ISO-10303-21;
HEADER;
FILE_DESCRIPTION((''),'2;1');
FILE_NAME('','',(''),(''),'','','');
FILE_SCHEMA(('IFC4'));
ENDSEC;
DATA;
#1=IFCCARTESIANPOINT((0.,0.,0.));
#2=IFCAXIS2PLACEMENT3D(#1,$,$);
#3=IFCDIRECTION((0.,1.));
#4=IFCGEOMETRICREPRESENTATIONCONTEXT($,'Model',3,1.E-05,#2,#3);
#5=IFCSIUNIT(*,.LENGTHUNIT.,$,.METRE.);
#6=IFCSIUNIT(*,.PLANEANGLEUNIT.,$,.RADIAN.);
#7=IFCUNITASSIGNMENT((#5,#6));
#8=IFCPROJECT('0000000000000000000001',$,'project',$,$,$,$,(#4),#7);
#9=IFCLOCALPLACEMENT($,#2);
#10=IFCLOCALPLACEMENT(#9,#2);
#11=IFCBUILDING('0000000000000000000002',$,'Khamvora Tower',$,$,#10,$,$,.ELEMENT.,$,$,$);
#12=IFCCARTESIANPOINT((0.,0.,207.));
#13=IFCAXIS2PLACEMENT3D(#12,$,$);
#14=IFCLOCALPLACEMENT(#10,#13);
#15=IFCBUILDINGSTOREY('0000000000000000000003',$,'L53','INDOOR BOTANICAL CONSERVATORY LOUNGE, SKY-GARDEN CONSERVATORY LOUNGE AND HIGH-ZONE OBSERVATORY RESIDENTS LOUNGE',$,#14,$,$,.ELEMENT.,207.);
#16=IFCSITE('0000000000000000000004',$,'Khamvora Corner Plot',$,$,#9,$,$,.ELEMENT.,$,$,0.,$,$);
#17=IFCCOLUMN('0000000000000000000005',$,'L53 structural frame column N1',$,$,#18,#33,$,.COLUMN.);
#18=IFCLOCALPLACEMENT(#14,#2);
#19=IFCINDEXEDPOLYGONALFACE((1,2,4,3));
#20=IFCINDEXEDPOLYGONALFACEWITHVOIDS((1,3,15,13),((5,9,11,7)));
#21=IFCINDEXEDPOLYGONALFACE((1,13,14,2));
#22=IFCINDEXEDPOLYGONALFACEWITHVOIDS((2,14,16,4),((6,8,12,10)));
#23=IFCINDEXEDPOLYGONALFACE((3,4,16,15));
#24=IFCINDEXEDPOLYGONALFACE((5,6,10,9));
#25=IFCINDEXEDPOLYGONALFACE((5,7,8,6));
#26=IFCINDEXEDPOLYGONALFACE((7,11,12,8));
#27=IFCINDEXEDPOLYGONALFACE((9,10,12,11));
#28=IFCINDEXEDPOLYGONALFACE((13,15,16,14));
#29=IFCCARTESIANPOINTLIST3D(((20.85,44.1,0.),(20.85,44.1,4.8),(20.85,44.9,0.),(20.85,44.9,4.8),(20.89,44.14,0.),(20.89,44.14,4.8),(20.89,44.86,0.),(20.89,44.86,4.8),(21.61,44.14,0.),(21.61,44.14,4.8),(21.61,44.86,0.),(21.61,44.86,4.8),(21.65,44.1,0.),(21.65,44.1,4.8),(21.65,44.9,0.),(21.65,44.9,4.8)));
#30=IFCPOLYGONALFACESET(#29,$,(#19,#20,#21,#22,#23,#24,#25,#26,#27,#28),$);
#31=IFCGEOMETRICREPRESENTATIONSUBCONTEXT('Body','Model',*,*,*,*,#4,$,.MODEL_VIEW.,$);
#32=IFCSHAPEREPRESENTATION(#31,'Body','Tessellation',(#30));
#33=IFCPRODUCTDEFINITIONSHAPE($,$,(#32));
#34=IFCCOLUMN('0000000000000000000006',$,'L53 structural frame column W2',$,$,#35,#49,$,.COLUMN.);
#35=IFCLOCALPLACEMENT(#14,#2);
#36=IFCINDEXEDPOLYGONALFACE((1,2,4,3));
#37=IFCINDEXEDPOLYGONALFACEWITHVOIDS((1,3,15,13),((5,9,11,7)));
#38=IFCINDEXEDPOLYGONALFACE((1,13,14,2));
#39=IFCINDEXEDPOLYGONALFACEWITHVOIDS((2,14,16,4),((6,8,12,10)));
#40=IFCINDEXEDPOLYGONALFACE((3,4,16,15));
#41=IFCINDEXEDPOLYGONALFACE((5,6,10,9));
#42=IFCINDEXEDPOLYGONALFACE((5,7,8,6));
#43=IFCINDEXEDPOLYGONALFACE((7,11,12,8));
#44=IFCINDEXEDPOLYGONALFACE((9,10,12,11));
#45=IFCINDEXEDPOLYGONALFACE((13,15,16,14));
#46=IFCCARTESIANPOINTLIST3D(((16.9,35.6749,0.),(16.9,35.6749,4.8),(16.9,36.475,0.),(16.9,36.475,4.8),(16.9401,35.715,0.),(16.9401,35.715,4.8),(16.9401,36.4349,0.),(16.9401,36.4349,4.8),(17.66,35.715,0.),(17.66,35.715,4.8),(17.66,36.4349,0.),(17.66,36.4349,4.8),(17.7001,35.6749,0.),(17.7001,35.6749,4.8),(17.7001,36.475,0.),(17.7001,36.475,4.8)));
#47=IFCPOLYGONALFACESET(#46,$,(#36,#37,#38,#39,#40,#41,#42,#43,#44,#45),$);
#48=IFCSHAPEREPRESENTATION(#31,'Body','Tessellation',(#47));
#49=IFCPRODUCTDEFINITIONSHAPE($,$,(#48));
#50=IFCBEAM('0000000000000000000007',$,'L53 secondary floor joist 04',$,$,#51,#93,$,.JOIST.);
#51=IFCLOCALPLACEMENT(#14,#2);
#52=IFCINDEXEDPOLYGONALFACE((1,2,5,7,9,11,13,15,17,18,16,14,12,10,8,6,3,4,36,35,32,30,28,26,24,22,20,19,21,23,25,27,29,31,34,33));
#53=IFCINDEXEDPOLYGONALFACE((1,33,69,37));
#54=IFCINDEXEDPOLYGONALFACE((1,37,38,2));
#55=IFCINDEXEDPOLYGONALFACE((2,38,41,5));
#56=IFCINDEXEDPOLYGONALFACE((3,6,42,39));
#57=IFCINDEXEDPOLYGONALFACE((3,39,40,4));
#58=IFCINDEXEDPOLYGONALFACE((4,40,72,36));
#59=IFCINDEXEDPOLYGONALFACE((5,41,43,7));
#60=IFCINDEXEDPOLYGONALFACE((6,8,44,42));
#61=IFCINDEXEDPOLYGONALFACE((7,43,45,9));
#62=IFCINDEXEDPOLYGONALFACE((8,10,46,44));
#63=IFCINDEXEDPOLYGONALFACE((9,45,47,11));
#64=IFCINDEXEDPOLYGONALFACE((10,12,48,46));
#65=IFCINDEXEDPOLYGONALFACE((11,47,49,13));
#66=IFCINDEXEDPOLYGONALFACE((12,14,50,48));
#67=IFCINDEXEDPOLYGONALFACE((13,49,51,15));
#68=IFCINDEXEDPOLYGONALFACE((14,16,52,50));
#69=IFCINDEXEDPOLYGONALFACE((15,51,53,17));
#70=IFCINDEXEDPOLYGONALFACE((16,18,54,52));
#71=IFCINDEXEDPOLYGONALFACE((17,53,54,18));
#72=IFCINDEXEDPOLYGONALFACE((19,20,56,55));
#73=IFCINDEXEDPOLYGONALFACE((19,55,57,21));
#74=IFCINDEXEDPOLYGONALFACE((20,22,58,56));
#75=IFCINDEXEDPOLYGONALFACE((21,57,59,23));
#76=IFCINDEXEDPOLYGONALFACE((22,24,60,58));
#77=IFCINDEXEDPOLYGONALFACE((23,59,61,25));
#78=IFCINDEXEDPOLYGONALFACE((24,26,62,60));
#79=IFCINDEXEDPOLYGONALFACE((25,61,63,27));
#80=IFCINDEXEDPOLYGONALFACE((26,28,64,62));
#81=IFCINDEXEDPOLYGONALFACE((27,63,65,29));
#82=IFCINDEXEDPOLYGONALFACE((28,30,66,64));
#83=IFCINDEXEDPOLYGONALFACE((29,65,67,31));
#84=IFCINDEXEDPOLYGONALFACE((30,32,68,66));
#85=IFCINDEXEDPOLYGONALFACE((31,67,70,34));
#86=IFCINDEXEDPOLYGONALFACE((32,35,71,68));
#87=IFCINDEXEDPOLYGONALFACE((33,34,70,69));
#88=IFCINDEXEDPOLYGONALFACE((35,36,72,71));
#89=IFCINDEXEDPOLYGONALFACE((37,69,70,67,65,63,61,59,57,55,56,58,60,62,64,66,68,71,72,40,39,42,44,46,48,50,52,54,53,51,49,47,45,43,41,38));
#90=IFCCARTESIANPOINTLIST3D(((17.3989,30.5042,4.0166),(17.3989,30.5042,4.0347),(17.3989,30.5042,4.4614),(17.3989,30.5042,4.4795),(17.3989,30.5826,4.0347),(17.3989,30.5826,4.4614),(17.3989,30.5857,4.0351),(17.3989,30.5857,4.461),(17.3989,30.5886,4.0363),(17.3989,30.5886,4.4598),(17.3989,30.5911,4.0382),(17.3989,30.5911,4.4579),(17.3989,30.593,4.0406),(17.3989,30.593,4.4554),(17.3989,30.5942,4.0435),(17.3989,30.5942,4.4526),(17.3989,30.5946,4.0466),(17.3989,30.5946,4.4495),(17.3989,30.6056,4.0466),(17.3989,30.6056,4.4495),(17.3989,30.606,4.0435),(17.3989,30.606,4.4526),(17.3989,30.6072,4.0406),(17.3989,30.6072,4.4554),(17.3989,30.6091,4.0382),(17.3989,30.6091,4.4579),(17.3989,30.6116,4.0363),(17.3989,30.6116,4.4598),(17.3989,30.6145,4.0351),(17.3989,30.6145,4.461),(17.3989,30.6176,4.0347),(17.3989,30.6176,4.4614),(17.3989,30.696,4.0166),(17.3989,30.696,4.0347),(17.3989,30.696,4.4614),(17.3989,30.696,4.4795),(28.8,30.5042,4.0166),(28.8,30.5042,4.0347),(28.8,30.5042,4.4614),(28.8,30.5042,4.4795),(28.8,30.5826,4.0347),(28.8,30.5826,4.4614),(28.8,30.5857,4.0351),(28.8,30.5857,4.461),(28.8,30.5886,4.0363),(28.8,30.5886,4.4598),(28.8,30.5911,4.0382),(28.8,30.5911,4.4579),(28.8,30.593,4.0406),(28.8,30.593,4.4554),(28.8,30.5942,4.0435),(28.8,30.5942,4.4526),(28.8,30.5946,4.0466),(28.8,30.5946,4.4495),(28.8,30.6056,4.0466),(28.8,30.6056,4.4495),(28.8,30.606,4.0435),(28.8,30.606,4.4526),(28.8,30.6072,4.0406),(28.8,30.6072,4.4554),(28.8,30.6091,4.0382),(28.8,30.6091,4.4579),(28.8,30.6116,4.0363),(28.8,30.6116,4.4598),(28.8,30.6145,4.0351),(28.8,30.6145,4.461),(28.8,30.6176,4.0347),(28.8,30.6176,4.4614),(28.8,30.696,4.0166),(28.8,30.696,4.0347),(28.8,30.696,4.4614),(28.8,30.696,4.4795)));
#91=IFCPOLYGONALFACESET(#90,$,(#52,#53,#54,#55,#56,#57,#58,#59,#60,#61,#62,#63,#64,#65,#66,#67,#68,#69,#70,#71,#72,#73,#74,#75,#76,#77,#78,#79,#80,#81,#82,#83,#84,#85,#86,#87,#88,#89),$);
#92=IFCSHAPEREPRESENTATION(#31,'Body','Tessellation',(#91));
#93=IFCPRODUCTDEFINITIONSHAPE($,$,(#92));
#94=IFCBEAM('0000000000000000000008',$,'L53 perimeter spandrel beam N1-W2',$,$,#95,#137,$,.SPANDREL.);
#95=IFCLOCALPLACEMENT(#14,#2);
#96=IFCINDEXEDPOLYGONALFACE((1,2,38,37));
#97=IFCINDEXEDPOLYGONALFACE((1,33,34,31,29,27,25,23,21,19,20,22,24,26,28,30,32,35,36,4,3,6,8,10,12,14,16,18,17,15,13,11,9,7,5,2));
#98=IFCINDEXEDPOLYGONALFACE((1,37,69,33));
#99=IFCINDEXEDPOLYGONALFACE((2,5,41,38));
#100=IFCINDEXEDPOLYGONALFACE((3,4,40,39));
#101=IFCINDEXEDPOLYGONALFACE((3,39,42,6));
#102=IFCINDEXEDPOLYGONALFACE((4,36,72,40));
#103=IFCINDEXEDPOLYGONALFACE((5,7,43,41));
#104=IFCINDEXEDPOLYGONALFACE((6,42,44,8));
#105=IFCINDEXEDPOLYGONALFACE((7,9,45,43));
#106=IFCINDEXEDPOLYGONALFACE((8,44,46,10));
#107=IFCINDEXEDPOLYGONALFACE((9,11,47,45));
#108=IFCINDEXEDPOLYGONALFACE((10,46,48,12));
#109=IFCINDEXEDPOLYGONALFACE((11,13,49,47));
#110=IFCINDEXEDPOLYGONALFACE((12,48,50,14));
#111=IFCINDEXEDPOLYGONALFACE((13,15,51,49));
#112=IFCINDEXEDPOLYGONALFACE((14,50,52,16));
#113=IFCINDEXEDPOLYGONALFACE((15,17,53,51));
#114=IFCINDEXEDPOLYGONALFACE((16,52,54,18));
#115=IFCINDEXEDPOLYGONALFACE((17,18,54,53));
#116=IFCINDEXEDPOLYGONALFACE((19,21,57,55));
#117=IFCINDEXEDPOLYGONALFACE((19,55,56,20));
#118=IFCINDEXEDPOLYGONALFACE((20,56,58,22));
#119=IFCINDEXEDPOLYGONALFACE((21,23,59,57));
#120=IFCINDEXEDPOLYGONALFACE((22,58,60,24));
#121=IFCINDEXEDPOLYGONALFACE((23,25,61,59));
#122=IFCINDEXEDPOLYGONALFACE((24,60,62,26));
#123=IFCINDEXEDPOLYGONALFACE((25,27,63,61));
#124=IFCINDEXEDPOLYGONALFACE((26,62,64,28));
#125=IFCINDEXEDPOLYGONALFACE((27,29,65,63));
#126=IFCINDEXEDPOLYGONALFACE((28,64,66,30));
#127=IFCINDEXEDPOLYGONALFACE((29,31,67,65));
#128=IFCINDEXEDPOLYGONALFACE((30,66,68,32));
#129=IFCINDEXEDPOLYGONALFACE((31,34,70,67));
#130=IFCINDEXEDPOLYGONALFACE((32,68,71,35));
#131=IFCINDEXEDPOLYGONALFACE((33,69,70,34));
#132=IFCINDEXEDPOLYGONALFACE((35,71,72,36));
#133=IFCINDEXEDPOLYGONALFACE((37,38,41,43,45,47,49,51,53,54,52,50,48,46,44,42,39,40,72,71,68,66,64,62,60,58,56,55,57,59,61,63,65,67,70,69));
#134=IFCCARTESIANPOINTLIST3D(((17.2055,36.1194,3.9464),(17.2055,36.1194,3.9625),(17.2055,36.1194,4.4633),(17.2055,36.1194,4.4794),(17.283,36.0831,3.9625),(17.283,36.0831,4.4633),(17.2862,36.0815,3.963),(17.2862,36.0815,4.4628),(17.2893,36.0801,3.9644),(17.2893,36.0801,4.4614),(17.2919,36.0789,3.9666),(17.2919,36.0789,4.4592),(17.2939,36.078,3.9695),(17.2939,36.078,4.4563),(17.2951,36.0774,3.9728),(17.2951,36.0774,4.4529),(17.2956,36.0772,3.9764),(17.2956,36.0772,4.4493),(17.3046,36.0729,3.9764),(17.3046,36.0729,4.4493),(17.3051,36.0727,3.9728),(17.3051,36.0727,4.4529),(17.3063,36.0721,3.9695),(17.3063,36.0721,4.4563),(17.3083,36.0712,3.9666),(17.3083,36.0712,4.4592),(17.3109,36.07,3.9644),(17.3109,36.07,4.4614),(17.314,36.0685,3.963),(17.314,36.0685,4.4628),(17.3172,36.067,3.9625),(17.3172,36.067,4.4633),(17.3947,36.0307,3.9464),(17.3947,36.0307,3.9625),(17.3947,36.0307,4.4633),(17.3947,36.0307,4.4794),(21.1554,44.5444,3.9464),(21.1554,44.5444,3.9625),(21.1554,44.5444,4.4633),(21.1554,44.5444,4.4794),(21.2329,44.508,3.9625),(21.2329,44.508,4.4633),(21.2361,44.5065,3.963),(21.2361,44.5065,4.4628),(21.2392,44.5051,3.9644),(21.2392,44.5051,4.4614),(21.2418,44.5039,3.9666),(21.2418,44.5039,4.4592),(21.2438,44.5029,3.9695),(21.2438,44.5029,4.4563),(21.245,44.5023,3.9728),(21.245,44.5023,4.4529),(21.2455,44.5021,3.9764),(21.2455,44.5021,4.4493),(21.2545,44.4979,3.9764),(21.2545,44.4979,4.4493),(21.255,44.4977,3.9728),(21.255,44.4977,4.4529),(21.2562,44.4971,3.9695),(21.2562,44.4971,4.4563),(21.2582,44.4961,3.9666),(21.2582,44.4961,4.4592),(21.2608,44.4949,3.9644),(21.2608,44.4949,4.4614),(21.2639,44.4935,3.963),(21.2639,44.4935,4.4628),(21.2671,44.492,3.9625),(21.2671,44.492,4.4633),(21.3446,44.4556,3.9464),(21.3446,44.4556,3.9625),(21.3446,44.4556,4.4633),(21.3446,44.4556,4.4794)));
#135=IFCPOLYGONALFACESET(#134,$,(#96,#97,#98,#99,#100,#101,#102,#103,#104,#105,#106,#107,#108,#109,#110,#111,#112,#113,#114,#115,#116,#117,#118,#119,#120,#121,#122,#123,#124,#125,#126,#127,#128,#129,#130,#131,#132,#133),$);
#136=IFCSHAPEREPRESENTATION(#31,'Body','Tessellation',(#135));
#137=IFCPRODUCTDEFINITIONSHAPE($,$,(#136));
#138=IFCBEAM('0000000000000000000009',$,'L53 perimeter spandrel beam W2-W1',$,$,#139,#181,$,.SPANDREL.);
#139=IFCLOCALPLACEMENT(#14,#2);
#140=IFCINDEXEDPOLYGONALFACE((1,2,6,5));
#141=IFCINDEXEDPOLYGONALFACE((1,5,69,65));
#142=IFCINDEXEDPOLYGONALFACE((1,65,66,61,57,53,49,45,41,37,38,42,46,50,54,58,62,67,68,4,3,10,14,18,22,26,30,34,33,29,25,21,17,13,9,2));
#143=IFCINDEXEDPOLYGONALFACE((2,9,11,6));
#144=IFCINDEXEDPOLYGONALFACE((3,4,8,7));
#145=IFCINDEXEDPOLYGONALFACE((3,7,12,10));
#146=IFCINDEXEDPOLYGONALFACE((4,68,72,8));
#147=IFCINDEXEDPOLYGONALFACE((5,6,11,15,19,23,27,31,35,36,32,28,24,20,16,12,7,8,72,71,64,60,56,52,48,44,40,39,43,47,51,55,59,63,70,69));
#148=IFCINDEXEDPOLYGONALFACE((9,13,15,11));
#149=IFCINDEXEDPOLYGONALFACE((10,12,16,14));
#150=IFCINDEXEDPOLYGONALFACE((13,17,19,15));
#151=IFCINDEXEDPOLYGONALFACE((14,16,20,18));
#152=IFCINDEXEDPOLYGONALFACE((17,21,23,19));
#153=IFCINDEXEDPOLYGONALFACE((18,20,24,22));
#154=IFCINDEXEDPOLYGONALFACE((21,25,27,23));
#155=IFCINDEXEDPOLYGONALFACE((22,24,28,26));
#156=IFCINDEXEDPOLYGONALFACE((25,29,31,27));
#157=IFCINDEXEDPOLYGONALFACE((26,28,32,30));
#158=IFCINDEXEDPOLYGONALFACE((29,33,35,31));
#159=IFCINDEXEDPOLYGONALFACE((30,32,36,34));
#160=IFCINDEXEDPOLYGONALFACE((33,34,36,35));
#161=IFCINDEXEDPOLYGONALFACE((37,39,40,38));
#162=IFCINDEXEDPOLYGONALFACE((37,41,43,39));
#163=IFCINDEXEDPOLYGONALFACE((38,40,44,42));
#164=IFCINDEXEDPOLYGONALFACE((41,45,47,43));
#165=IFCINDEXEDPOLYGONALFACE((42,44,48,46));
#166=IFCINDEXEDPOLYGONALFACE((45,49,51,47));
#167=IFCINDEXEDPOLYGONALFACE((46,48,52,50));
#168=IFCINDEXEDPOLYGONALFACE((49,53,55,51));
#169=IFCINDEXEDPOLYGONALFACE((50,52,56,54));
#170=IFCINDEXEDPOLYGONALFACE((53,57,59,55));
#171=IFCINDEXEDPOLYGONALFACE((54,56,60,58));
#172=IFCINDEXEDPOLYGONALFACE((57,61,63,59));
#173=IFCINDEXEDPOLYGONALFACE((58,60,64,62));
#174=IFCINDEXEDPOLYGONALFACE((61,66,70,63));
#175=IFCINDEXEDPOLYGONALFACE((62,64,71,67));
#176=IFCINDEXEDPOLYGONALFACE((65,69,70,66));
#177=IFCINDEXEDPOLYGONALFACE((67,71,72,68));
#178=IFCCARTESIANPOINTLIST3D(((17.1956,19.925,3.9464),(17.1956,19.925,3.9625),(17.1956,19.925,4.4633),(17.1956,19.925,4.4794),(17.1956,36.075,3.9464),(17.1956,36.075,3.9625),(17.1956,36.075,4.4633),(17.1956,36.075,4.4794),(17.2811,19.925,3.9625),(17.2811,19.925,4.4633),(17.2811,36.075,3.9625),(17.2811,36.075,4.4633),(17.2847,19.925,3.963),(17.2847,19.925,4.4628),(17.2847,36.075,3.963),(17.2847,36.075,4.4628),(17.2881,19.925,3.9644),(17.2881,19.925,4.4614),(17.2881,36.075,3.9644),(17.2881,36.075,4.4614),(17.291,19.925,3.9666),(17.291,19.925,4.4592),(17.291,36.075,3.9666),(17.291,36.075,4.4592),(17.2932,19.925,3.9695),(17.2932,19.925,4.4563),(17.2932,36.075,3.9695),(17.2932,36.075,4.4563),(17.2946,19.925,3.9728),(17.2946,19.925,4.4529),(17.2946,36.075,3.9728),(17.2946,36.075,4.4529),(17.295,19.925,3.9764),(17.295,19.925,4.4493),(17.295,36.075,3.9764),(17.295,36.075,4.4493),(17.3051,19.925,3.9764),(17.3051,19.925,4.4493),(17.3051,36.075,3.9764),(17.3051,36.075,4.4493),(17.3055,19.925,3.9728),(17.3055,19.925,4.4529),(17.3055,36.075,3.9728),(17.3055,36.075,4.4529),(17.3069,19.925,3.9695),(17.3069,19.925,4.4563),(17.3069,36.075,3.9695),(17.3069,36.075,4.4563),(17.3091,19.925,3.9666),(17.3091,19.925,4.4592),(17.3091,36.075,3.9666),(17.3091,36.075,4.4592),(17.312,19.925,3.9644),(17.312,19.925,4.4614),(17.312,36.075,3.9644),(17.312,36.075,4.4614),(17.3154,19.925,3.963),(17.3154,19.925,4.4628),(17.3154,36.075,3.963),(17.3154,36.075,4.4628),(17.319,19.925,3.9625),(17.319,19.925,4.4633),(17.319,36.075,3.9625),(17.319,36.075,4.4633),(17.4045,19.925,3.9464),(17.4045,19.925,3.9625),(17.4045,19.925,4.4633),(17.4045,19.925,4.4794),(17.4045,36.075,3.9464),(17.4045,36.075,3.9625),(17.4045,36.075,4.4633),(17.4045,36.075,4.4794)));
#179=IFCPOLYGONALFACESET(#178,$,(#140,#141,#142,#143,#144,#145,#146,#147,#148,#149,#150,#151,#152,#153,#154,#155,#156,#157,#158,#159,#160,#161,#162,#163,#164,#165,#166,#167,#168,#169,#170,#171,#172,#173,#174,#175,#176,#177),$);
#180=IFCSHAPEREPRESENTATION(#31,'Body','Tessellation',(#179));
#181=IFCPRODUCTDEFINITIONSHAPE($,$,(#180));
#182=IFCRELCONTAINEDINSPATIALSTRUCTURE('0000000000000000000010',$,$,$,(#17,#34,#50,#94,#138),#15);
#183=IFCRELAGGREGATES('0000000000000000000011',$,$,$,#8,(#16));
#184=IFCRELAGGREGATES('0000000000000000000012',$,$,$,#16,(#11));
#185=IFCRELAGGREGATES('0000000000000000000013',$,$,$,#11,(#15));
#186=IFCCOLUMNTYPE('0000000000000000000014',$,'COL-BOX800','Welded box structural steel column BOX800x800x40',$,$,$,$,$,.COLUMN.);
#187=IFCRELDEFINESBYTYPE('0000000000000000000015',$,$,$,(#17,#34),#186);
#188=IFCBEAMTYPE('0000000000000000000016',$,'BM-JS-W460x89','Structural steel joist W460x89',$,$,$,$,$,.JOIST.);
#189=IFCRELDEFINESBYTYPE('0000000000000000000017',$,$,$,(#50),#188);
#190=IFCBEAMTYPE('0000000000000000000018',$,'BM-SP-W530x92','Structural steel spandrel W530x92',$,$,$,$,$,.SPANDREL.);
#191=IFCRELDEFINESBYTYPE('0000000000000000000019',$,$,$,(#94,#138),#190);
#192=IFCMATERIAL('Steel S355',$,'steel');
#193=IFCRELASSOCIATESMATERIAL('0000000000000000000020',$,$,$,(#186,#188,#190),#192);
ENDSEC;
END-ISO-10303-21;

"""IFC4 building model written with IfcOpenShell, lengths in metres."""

from ifc_helpers import new_model, si_unit, direction, frame, origin, origin_2d, place, context, subcontext, project, spatial, hollow_rectangle, i_section, extrude, material, material_profile, profile_set, type_object, element, save


model = new_model("IFC4")

# Units and contexts
model_context = context("Model", 3, precision=1e-05, world=origin(), true_north=direction((0.0, 1.0)))
body_context = subcontext(model_context, "Body", "Model", "MODEL_VIEW")
ifc_project = project(units=[si_unit("LENGTHUNIT", "METRE"), si_unit("PLANEANGLEUNIT", "RADIAN")], contexts=[model_context])

# Site, building, storey
site_placement = place(None, origin())
site = spatial("IfcSite", under=ifc_project, at=site_placement, Name="Khamvora Corner Plot", CompositionType="ELEMENT", RefElevation=0.0)
building_placement = place(site_placement, origin())
building = spatial("IfcBuilding", under=site, at=building_placement, Name="Khamvora Tower", CompositionType="ELEMENT")
storey_placement = place(building_placement, frame((0.0, 0.0, 207.0)))
storey = spatial("IfcBuildingStorey", under=building, at=storey_placement, Name="L53", Description="INDOOR BOTANICAL CONSERVATORY LOUNGE, SKY-GARDEN CONSERVATORY LOUNGE AND HIGH-ZONE OBSERVATORY RESIDENTS LOUNGE", CompositionType="ELEMENT", Elevation=207.0)

# Columns
ifc_material_1 = material(Name="Steel S355", Category="steel")
ifc_material_profile_1 = material_profile(ifc_material_1, hollow_rectangle(XDim=0.8, YDim=0.8, WallThickness=0.04, at=origin_2d()), Name="BOX800x800x40")
ifc_profile_set_1 = profile_set([ifc_material_profile_1], Name="Steel S355")
column_type = type_object("IfcColumnType", Name="COL-BOX800", Description="Welded box structural steel column BOX800x800x40", PredefinedType="COLUMN", material=ifc_profile_set_1)
for number, where, z_axis, x_axis, name in (
    (1, (21.25, 44.5, 0.0), (0.0, 0.0, 1.0), (1.0, 0.0, 0.0), "L53 structural frame column N1"),
    (2, (17.3, 36.075, 0.0), (0.0, 0.0, 1.0), (1.0, 0.0, 0.0), "L53 structural frame column W2"),
):
    element("IfcColumn", number, at=place(storey_placement, frame(where, z_axis=z_axis, x_axis=x_axis)), inside=storey, type_object=column_type, Name=name, PredefinedType="COLUMN", context=body_context, shape_type="SweptSolid", body=[
        extrude(hollow_rectangle(XDim=0.8, YDim=0.8, WallThickness=0.04, at=origin_2d()), origin(), (0.0, 0.0, 1.0), 4.8),
    ])

# Beams
ifc_material_profile_2 = material_profile(ifc_material_1, i_section(OverallWidth=0.1919, OverallDepth=0.4629, WebThickness=0.011, FlangeThickness=0.0181, FilletRadius=0.012, at=origin_2d()), Name="W460x89")
ifc_profile_set_2 = profile_set([ifc_material_profile_2], Name="Steel S355")
beam_type_1 = type_object("IfcBeamType", Name="BM-JS-W460x89", Description="Structural steel joist W460x89", PredefinedType="JOIST", material=ifc_profile_set_2)
beam_1_placement = place(storey_placement, frame((17.3989, 30.6001, 4.248), z_axis=(1.0, 0.0, 0.0), x_axis=(0.0, 1.0, 0.0)))
element("IfcBeam", 3, at=beam_1_placement, inside=storey, type_object=beam_type_1, Name="L53 secondary floor joist 04", PredefinedType="JOIST", context=body_context, shape_type="SweptSolid", body=[
    extrude(i_section(OverallWidth=0.1919, OverallDepth=0.4629, WebThickness=0.011, FlangeThickness=0.0181, FilletRadius=0.012, at=origin_2d()), origin(), (0.0, 0.0, 1.0), 11.4011),
])
ifc_material_profile_3 = material_profile(ifc_material_1, i_section(OverallWidth=0.209, OverallDepth=0.533, WebThickness=0.01, FlangeThickness=0.0161, FilletRadius=0.0139, at=origin_2d()), Name="W530x92")
ifc_profile_set_3 = profile_set([ifc_material_profile_3], Name="Steel S355")
beam_type_2 = type_object("IfcBeamType", Name="BM-SP-W530x92", Description="Structural steel spandrel W530x92", PredefinedType="SPANDREL", material=ifc_profile_set_3)
beam_2_placement = place(storey_placement, frame((21.25, 44.5, 4.2129), z_axis=(-0.424496, -0.90543, 0.0), x_axis=(0.90543, -0.424496, 0.0)))
element("IfcBeam", 4, at=beam_2_placement, inside=storey, type_object=beam_type_2, Name="L53 perimeter spandrel beam N1-W2", PredefinedType="SPANDREL", context=body_context, shape_type="SweptSolid", body=[
    extrude(i_section(OverallWidth=0.209, OverallDepth=0.533, WebThickness=0.01, FlangeThickness=0.0161, FilletRadius=0.0139, at=origin_2d()), origin(), (0.0, 0.0, 1.0), 9.3049),
])
beam_3_placement = place(storey_placement, frame((17.3, 36.075, 4.2129), z_axis=(0.0, -1.0, 0.0), x_axis=(1.0, 0.0, 0.0)))
element("IfcBeam", 5, at=beam_3_placement, inside=storey, type_object=beam_type_2, Name="L53 perimeter spandrel beam W2-W1", PredefinedType="SPANDREL", context=body_context, shape_type="SweptSolid", body=[
    extrude(i_section(OverallWidth=0.209, OverallDepth=0.533, WebThickness=0.01, FlangeThickness=0.0161, FilletRadius=0.0139, at=origin_2d()), origin(), (0.0, 0.0, 1.0), 16.1499),
])

save(model, "model.ifc")
